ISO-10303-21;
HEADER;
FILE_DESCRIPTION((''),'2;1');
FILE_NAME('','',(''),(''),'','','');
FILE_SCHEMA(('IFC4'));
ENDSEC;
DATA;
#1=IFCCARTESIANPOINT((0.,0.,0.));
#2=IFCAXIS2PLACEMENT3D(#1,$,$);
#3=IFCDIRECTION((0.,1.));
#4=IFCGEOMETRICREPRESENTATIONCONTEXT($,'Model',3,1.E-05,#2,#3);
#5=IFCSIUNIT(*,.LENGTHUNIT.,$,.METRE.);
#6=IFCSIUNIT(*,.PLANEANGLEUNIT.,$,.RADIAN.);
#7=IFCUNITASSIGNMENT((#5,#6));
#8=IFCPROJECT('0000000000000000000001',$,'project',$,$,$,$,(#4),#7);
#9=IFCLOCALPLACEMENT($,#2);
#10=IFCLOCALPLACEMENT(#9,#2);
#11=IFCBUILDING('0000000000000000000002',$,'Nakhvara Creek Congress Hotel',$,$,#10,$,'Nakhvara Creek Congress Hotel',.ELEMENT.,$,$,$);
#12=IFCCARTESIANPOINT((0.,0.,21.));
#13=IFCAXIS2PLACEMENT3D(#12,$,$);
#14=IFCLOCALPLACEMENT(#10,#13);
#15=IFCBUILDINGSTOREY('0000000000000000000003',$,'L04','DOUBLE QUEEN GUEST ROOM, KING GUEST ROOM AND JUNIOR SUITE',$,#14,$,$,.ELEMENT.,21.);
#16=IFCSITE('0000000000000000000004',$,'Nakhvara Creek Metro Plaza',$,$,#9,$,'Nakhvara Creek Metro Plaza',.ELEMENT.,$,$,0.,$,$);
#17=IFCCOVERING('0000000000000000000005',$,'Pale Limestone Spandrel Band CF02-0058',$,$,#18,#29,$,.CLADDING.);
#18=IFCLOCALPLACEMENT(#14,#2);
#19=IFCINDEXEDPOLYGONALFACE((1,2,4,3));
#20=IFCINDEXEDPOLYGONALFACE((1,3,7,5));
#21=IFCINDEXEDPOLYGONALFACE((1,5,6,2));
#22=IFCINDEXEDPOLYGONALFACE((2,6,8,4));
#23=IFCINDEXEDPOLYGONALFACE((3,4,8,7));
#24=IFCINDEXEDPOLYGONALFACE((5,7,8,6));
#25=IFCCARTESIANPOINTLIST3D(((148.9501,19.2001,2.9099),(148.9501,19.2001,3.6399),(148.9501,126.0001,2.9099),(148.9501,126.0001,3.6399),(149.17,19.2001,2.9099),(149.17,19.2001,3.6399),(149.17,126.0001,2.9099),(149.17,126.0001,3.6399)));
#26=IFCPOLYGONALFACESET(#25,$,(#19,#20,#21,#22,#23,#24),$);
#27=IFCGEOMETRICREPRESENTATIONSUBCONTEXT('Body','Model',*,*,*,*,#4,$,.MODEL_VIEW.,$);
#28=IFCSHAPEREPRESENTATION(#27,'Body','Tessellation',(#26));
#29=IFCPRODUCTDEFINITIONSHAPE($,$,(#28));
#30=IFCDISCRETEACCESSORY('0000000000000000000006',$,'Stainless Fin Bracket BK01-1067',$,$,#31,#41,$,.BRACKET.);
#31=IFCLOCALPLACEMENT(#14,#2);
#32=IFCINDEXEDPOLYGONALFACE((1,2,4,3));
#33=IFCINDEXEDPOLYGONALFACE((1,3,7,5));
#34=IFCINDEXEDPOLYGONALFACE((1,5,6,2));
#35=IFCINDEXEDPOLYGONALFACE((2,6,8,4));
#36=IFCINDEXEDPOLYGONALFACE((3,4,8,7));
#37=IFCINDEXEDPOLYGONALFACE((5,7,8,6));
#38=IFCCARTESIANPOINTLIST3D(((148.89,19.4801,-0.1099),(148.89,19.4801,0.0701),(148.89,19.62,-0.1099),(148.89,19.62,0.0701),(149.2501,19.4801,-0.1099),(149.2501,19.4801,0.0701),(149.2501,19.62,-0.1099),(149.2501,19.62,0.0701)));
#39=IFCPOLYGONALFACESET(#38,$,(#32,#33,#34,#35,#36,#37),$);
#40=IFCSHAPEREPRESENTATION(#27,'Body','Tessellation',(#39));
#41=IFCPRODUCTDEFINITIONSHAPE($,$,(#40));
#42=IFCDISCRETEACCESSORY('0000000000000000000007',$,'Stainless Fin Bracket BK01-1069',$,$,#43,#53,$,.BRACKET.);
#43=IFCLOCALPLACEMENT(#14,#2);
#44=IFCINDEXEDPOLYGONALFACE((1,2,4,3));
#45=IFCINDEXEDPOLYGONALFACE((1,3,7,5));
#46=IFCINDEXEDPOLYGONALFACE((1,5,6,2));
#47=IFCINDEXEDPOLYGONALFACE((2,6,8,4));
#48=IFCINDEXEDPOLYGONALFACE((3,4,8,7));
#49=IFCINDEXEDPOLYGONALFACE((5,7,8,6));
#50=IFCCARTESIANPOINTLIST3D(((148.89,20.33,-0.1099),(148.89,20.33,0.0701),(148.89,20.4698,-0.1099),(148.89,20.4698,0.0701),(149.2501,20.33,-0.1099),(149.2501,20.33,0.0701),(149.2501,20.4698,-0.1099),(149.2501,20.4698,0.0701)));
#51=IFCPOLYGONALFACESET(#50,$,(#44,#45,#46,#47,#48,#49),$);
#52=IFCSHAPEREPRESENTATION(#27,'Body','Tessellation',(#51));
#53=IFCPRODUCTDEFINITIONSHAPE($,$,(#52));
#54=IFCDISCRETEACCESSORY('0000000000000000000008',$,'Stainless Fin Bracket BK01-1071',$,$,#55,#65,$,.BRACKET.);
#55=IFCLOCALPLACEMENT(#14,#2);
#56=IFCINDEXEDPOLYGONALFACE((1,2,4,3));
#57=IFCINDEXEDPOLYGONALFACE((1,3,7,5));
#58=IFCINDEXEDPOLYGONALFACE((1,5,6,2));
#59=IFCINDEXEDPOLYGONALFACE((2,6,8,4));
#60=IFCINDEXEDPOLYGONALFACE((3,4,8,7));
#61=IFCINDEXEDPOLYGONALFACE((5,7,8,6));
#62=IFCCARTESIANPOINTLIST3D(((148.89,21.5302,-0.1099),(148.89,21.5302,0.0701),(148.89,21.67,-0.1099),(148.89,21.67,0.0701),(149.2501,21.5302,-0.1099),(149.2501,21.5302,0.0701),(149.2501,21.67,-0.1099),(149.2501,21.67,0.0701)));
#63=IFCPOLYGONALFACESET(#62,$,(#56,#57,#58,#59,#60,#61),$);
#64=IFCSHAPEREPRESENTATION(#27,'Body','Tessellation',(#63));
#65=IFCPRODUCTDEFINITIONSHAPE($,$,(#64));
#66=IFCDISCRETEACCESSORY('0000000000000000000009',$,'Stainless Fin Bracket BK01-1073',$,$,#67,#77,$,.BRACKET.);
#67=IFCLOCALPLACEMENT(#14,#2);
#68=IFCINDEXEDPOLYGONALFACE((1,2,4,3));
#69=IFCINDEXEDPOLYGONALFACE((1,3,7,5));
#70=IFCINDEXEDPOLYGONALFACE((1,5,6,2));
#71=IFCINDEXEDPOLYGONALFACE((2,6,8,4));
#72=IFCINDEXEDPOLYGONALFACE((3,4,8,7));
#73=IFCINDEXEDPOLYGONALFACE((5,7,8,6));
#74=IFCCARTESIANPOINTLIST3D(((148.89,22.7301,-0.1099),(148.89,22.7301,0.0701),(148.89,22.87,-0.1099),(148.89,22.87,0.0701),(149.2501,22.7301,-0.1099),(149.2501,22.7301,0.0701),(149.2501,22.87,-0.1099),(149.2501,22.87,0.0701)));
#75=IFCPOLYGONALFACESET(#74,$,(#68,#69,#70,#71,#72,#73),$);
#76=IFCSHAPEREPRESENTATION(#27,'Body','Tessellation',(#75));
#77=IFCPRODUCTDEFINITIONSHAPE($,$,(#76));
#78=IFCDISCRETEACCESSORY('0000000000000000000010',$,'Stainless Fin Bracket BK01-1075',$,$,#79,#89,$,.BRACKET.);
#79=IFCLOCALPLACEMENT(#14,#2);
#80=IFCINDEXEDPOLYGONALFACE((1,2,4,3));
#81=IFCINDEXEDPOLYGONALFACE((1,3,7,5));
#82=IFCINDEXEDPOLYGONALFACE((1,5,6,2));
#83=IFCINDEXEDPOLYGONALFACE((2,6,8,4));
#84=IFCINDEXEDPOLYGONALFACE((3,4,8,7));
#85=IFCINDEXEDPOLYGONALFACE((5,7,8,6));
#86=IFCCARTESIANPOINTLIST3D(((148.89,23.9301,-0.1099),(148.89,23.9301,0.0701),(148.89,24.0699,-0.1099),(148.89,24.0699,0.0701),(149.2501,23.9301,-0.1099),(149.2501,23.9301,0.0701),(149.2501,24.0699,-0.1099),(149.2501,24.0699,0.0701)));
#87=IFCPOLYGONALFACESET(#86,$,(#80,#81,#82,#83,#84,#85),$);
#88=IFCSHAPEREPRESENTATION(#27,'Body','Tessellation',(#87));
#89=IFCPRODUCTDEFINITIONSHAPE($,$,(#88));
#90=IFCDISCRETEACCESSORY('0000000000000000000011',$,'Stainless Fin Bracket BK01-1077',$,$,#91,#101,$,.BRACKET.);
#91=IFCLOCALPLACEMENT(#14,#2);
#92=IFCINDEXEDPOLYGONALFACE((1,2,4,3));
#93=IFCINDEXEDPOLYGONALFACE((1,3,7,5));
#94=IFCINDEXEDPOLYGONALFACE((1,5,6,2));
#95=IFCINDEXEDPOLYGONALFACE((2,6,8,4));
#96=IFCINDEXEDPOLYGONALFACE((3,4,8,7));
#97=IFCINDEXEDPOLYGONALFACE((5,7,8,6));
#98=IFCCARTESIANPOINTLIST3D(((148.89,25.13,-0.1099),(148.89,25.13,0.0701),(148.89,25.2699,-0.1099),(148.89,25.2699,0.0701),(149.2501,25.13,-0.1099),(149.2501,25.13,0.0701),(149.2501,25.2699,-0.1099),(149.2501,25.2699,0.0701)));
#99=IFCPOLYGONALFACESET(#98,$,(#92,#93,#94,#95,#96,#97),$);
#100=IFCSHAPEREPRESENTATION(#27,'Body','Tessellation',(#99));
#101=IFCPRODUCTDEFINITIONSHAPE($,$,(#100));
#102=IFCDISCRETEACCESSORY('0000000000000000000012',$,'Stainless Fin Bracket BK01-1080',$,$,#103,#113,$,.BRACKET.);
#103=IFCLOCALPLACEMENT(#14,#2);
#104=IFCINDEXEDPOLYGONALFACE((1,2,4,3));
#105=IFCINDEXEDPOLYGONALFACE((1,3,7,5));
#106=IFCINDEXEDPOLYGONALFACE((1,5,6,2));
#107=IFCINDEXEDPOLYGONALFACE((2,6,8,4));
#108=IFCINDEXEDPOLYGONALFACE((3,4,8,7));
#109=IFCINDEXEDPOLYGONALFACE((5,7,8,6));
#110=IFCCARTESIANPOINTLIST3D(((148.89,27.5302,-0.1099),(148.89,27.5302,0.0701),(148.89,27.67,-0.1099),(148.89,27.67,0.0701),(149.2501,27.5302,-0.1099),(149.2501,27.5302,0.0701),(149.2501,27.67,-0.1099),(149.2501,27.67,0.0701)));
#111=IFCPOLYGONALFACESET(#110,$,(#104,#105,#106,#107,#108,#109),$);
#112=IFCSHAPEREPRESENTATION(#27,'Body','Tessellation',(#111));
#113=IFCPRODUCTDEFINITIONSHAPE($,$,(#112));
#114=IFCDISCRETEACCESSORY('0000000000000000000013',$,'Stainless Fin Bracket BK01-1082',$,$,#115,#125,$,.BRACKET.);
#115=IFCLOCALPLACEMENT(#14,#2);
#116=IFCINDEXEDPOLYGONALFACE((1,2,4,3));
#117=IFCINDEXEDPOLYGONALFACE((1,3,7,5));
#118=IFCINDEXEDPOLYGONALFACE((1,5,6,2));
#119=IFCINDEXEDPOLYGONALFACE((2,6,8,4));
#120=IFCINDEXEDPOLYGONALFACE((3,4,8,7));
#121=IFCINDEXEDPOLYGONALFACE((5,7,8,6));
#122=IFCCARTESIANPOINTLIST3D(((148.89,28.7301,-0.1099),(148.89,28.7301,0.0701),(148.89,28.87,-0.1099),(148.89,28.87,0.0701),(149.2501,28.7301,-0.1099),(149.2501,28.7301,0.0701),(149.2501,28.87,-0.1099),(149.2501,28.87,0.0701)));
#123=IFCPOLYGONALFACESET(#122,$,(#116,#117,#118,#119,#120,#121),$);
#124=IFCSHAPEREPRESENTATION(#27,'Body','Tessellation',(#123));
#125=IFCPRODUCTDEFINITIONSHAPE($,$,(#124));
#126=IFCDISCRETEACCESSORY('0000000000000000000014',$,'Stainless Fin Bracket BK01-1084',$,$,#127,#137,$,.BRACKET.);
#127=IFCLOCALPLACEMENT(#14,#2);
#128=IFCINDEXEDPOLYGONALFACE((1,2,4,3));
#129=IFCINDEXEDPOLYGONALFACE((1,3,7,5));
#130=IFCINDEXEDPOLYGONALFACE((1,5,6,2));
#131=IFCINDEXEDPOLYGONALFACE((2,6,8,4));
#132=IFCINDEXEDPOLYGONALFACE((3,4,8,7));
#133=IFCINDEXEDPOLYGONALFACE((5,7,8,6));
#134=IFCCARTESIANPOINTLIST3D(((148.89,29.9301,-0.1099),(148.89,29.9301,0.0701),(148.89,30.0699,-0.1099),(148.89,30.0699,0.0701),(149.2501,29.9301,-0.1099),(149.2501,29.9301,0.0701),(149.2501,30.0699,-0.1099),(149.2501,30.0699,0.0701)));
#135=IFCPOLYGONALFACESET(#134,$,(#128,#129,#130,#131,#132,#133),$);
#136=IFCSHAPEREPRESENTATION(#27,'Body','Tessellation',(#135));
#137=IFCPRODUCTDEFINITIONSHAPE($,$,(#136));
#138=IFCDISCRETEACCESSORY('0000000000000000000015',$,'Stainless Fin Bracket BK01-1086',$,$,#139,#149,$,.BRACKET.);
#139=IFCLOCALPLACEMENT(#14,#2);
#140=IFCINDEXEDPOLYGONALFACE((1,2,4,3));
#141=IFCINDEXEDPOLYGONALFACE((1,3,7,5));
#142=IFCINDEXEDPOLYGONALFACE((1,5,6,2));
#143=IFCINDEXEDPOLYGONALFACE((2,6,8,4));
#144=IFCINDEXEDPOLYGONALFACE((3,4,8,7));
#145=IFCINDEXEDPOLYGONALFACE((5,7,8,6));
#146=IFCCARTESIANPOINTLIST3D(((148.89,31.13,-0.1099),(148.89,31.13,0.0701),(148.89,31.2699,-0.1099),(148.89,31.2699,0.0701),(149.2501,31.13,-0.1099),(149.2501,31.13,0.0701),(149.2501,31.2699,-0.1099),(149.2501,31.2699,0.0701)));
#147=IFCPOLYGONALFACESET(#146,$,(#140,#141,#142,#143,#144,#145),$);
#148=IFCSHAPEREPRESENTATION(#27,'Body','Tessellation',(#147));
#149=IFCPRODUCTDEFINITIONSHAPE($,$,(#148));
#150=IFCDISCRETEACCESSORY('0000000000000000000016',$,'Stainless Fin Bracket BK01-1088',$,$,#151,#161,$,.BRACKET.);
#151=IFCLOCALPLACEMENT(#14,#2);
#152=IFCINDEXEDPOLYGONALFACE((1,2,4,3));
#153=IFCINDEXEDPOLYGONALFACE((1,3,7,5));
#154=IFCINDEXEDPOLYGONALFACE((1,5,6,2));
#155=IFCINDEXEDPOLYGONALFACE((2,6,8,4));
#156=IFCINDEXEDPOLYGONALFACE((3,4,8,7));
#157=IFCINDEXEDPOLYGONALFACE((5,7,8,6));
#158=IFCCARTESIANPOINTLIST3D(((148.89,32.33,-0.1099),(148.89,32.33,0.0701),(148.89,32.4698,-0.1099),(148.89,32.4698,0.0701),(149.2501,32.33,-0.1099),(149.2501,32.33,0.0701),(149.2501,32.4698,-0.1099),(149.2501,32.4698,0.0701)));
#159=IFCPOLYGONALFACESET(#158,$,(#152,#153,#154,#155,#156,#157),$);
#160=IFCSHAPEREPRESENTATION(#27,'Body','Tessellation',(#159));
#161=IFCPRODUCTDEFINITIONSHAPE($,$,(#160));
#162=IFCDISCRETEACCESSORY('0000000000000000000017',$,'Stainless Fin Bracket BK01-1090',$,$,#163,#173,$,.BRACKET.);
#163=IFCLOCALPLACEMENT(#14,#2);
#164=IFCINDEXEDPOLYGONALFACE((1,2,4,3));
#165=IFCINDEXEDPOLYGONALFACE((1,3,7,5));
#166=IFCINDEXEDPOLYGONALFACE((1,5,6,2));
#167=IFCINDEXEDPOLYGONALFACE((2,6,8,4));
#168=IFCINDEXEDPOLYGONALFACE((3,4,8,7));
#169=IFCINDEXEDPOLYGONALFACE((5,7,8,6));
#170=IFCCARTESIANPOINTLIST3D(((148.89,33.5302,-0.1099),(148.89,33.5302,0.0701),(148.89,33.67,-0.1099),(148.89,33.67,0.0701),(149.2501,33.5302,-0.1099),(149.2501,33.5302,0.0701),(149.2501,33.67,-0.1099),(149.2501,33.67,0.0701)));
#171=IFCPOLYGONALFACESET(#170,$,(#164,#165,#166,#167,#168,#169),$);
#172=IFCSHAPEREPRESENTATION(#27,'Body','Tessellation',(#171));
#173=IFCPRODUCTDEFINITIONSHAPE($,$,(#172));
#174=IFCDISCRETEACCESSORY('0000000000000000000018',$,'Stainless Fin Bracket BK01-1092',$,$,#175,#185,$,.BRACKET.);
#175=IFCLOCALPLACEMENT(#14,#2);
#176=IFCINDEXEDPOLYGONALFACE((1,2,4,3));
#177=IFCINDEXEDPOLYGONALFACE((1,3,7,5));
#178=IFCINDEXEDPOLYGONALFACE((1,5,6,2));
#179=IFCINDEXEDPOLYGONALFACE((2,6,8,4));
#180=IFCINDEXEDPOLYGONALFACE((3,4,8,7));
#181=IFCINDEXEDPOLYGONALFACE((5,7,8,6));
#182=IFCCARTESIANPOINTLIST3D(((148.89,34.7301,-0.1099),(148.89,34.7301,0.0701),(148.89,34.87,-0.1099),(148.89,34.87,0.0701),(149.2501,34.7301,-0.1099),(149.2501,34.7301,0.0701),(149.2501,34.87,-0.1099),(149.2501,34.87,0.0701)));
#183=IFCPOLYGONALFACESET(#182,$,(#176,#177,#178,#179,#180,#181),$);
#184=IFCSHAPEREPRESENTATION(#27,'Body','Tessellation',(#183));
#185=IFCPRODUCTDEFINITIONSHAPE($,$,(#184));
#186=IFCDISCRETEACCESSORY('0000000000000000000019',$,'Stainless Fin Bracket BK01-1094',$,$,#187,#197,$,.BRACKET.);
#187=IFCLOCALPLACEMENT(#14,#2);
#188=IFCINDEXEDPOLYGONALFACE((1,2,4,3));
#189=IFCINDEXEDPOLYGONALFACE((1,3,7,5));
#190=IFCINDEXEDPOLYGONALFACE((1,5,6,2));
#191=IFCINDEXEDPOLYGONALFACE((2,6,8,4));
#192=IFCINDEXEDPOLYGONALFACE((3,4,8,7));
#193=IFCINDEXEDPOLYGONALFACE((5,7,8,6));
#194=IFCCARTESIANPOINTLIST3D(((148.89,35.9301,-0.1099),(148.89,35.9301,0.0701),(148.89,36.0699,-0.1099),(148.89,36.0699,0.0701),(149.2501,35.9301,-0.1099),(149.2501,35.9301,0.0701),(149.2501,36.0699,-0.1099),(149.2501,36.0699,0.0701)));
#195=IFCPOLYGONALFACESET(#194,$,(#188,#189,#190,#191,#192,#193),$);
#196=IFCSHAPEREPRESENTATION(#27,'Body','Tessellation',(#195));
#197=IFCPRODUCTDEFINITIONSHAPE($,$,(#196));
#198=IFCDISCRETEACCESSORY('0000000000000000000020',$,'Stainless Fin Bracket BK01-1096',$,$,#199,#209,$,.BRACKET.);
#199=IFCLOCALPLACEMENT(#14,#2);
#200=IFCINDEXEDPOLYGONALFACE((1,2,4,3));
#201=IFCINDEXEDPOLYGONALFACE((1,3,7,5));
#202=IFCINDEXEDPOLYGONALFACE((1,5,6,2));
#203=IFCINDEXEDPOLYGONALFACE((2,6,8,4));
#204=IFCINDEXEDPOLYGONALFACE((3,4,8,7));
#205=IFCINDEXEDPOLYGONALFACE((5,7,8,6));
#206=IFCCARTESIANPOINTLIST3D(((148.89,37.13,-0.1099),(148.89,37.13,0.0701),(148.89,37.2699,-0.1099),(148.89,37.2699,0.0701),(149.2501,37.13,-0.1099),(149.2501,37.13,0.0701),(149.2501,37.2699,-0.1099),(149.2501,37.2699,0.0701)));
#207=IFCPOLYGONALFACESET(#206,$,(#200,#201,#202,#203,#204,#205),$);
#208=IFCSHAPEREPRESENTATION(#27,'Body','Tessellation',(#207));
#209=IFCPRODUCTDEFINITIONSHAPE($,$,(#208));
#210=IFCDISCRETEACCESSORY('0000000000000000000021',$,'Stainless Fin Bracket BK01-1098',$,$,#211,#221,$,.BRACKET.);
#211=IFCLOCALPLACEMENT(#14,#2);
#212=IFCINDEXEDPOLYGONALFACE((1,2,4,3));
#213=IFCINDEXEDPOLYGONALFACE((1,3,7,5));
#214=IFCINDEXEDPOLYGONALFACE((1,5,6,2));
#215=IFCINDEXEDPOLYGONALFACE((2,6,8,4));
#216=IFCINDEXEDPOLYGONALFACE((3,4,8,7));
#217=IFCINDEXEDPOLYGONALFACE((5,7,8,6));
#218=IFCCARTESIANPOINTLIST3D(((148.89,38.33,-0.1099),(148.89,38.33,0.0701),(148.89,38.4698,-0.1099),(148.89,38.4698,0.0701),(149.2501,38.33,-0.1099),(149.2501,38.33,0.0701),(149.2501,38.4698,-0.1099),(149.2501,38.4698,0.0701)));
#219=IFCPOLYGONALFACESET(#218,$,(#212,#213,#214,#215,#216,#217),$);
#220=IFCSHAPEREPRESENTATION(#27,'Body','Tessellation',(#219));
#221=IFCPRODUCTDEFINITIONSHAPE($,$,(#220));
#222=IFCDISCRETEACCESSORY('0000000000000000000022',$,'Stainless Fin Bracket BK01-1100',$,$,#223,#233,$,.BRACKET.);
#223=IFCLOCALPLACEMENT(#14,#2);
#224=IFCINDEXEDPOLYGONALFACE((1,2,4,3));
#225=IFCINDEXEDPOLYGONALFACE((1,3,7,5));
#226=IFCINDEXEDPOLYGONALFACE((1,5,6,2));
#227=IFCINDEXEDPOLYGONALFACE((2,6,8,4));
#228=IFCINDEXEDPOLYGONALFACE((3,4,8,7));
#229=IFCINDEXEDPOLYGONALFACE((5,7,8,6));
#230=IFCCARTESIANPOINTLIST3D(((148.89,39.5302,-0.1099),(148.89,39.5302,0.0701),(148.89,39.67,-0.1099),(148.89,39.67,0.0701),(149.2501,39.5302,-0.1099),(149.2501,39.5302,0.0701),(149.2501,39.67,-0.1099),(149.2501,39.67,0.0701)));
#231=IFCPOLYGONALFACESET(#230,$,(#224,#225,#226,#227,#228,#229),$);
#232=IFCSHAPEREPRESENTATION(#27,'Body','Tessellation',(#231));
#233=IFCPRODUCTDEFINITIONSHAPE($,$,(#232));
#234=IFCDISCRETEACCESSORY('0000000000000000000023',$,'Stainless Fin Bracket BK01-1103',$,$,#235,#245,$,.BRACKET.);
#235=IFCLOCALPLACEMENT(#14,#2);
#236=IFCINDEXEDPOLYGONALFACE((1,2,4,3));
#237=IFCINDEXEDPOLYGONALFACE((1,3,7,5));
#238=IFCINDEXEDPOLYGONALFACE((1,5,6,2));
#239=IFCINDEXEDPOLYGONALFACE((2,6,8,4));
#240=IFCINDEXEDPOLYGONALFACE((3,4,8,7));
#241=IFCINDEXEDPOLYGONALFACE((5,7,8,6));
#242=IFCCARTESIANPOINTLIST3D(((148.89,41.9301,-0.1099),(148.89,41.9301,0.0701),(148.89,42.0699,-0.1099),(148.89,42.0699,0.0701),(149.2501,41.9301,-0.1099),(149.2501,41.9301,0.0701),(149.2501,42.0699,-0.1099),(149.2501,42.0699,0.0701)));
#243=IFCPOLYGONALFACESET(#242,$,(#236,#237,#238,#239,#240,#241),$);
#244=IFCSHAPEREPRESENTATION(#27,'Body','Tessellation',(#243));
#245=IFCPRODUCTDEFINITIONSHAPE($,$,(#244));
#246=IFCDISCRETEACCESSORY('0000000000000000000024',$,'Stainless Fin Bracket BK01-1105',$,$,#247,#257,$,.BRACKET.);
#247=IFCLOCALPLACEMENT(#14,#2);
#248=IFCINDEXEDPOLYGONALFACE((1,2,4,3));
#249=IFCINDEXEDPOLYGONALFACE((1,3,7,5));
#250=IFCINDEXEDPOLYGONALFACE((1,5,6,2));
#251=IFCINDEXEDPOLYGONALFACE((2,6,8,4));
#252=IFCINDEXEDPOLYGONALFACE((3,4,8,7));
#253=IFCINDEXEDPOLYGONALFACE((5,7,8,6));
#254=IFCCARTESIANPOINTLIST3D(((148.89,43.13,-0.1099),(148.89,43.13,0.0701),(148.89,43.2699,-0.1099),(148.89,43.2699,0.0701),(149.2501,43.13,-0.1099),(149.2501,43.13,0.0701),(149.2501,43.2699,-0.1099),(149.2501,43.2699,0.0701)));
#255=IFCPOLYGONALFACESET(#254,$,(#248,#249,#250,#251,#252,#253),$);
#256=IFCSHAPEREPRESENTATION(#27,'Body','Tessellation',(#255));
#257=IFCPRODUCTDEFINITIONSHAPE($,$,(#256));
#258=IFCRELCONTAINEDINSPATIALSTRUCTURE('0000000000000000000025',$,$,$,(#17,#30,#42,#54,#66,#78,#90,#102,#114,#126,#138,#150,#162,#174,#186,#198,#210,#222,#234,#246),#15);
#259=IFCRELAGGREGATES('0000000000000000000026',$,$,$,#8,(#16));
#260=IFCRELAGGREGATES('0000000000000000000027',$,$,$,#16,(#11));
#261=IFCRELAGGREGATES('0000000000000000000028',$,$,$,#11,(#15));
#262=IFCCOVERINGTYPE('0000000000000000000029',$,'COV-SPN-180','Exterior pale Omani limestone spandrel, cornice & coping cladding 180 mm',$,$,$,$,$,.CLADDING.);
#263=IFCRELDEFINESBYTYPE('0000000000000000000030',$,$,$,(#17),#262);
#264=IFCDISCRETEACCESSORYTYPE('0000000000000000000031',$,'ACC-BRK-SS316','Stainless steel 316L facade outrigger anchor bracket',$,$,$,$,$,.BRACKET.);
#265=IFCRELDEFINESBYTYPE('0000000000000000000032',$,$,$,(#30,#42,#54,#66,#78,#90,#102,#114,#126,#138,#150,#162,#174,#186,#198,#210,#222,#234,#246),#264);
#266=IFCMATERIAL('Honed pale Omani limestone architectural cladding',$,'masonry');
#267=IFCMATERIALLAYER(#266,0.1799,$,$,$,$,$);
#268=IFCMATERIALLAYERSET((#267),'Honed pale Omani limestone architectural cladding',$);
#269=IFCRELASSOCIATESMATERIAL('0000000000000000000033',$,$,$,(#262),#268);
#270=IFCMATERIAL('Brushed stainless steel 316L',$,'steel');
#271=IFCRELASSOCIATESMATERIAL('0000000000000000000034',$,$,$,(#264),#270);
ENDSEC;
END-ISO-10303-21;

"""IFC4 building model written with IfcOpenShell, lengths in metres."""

from ifc_helpers import new_model, si_unit, direction, frame, origin, origin_2d, place, context, subcontext, project, spatial, rectangle, extrude, material, layer, layer_set, type_object, element, save


model = new_model("IFC4")

# Units and contexts
model_context = context("Model", 3, precision=1e-05, world=origin(), true_north=direction((0.0, 1.0)))
body_context = subcontext(model_context, "Body", "Model", "MODEL_VIEW")
ifc_project = project(units=[si_unit("LENGTHUNIT", "METRE"), si_unit("PLANEANGLEUNIT", "RADIAN")], contexts=[model_context])

# Site, building, storey
site_placement = place(None, origin())
site = spatial("IfcSite", under=ifc_project, at=site_placement, Name="Nakhvara Creek Metro Plaza", LongName="Nakhvara Creek Metro Plaza", CompositionType="ELEMENT", RefElevation=0.0)
building_placement = place(site_placement, origin())
building = spatial("IfcBuilding", under=site, at=building_placement, Name="Nakhvara Creek Congress Hotel", LongName="Nakhvara Creek Congress Hotel", CompositionType="ELEMENT")
storey_placement = place(building_placement, frame((0.0, 0.0, 21.0)))
storey = spatial("IfcBuildingStorey", under=building, at=storey_placement, Name="L04", Description="DOUBLE QUEEN GUEST ROOM, KING GUEST ROOM AND JUNIOR SUITE", CompositionType="ELEMENT", Elevation=21.0)

# Covering
ifc_material_1 = material(Name="Honed pale Omani limestone architectural cladding", Category="masonry")
ifc_layer = layer(ifc_material_1, 0.1799)
ifc_layer_set = layer_set([ifc_layer], Name="Honed pale Omani limestone architectural cladding")
covering_type = type_object("IfcCoveringType", Name="COV-SPN-180", Description="Exterior pale Omani limestone spandrel, cornice & coping cladding 180 mm", PredefinedType="CLADDING", material=ifc_layer_set)
covering_placement = place(storey_placement, frame((149.0601, 72.6001, 2.9099), z_axis=(0.0, 0.0, 1.0), x_axis=(0.0, 1.0, 0.0)))
element("IfcCovering", 1, at=covering_placement, inside=storey, type_object=covering_type, Name="Pale Limestone Spandrel Band CF02-0058", PredefinedType="CLADDING", context=body_context, shape_type="SweptSolid", body=[
    extrude(rectangle(XDim=106.8, YDim=0.22, at=origin_2d()), origin(), (0.0, 0.0, 1.0), 0.73),
])

# Discrete accessories
ifc_material_2 = material(Name="Brushed stainless steel 316L", Category="steel")
discrete_accessory_type = type_object("IfcDiscreteAccessoryType", Name="ACC-BRK-SS316", Description="Stainless steel 316L facade outrigger anchor bracket", PredefinedType="BRACKET", material=ifc_material_2)
for number, where, z_axis, x_axis, name in (
    (2, (149.0701, 19.55, -0.1099), (0.0, 0.0, 1.0), (0.0, 1.0, 0.0), "Stainless Fin Bracket BK01-1067"),
    (3, (149.0701, 20.3999, -0.1099), (0.0, 0.0, 1.0), (0.0, 1.0, 0.0), "Stainless Fin Bracket BK01-1069"),
    (4, (149.0701, 21.6001, -0.1099), (0.0, 0.0, 1.0), (0.0, 1.0, 0.0), "Stainless Fin Bracket BK01-1071"),
    (5, (149.0701, 22.8, -0.1099), (0.0, 0.0, 1.0), (0.0, 1.0, 0.0), "Stainless Fin Bracket BK01-1073"),
    (6, (149.0701, 24.0, -0.1099), (0.0, 0.0, 1.0), (0.0, 1.0, 0.0), "Stainless Fin Bracket BK01-1075"),
    (7, (149.0701, 25.2, -0.1099), (0.0, 0.0, 1.0), (0.0, 1.0, 0.0), "Stainless Fin Bracket BK01-1077"),
    (8, (149.0701, 27.6001, -0.1099), (0.0, 0.0, 1.0), (0.0, 1.0, 0.0), "Stainless Fin Bracket BK01-1080"),
    (9, (149.0701, 28.8, -0.1099), (0.0, 0.0, 1.0), (0.0, 1.0, 0.0), "Stainless Fin Bracket BK01-1082"),
    (10, (149.0701, 30.0, -0.1099), (0.0, 0.0, 1.0), (0.0, 1.0, 0.0), "Stainless Fin Bracket BK01-1084"),
    (11, (149.0701, 31.2, -0.1099), (0.0, 0.0, 1.0), (0.0, 1.0, 0.0), "Stainless Fin Bracket BK01-1086"),
    (12, (149.0701, 32.3999, -0.1099), (0.0, 0.0, 1.0), (0.0, 1.0, 0.0), "Stainless Fin Bracket BK01-1088"),
    (13, (149.0701, 33.6001, -0.1099), (0.0, 0.0, 1.0), (0.0, 1.0, 0.0), "Stainless Fin Bracket BK01-1090"),
    (14, (149.0701, 34.8, -0.1099), (0.0, 0.0, 1.0), (0.0, 1.0, 0.0), "Stainless Fin Bracket BK01-1092"),
    (15, (149.0701, 36.0, -0.1099), (0.0, 0.0, 1.0), (0.0, 1.0, 0.0), "Stainless Fin Bracket BK01-1094"),
    (16, (149.0701, 37.2, -0.1099), (0.0, 0.0, 1.0), (0.0, 1.0, 0.0), "Stainless Fin Bracket BK01-1096"),
    (17, (149.0701, 38.3999, -0.1099), (0.0, 0.0, 1.0), (0.0, 1.0, 0.0), "Stainless Fin Bracket BK01-1098"),
    (18, (149.0701, 39.6001, -0.1099), (0.0, 0.0, 1.0), (0.0, 1.0, 0.0), "Stainless Fin Bracket BK01-1100"),
    (19, (149.0701, 42.0, -0.1099), (0.0, 0.0, 1.0), (0.0, 1.0, 0.0), "Stainless Fin Bracket BK01-1103"),
    (20, (149.0701, 43.2, -0.1099), (0.0, 0.0, 1.0), (0.0, 1.0, 0.0), "Stainless Fin Bracket BK01-1105"),
):
    element("IfcDiscreteAccessory", number, at=place(storey_placement, frame(where, z_axis=z_axis, x_axis=x_axis)), inside=storey, type_object=discrete_accessory_type, Name=name, PredefinedType="BRACKET", context=body_context, shape_type="SweptSolid", body=[
        extrude(rectangle(XDim=0.1399, YDim=0.3601, at=origin_2d()), origin(), (0.0, 0.0, 1.0), 0.1799),
    ])

save(model, "model.ifc")
